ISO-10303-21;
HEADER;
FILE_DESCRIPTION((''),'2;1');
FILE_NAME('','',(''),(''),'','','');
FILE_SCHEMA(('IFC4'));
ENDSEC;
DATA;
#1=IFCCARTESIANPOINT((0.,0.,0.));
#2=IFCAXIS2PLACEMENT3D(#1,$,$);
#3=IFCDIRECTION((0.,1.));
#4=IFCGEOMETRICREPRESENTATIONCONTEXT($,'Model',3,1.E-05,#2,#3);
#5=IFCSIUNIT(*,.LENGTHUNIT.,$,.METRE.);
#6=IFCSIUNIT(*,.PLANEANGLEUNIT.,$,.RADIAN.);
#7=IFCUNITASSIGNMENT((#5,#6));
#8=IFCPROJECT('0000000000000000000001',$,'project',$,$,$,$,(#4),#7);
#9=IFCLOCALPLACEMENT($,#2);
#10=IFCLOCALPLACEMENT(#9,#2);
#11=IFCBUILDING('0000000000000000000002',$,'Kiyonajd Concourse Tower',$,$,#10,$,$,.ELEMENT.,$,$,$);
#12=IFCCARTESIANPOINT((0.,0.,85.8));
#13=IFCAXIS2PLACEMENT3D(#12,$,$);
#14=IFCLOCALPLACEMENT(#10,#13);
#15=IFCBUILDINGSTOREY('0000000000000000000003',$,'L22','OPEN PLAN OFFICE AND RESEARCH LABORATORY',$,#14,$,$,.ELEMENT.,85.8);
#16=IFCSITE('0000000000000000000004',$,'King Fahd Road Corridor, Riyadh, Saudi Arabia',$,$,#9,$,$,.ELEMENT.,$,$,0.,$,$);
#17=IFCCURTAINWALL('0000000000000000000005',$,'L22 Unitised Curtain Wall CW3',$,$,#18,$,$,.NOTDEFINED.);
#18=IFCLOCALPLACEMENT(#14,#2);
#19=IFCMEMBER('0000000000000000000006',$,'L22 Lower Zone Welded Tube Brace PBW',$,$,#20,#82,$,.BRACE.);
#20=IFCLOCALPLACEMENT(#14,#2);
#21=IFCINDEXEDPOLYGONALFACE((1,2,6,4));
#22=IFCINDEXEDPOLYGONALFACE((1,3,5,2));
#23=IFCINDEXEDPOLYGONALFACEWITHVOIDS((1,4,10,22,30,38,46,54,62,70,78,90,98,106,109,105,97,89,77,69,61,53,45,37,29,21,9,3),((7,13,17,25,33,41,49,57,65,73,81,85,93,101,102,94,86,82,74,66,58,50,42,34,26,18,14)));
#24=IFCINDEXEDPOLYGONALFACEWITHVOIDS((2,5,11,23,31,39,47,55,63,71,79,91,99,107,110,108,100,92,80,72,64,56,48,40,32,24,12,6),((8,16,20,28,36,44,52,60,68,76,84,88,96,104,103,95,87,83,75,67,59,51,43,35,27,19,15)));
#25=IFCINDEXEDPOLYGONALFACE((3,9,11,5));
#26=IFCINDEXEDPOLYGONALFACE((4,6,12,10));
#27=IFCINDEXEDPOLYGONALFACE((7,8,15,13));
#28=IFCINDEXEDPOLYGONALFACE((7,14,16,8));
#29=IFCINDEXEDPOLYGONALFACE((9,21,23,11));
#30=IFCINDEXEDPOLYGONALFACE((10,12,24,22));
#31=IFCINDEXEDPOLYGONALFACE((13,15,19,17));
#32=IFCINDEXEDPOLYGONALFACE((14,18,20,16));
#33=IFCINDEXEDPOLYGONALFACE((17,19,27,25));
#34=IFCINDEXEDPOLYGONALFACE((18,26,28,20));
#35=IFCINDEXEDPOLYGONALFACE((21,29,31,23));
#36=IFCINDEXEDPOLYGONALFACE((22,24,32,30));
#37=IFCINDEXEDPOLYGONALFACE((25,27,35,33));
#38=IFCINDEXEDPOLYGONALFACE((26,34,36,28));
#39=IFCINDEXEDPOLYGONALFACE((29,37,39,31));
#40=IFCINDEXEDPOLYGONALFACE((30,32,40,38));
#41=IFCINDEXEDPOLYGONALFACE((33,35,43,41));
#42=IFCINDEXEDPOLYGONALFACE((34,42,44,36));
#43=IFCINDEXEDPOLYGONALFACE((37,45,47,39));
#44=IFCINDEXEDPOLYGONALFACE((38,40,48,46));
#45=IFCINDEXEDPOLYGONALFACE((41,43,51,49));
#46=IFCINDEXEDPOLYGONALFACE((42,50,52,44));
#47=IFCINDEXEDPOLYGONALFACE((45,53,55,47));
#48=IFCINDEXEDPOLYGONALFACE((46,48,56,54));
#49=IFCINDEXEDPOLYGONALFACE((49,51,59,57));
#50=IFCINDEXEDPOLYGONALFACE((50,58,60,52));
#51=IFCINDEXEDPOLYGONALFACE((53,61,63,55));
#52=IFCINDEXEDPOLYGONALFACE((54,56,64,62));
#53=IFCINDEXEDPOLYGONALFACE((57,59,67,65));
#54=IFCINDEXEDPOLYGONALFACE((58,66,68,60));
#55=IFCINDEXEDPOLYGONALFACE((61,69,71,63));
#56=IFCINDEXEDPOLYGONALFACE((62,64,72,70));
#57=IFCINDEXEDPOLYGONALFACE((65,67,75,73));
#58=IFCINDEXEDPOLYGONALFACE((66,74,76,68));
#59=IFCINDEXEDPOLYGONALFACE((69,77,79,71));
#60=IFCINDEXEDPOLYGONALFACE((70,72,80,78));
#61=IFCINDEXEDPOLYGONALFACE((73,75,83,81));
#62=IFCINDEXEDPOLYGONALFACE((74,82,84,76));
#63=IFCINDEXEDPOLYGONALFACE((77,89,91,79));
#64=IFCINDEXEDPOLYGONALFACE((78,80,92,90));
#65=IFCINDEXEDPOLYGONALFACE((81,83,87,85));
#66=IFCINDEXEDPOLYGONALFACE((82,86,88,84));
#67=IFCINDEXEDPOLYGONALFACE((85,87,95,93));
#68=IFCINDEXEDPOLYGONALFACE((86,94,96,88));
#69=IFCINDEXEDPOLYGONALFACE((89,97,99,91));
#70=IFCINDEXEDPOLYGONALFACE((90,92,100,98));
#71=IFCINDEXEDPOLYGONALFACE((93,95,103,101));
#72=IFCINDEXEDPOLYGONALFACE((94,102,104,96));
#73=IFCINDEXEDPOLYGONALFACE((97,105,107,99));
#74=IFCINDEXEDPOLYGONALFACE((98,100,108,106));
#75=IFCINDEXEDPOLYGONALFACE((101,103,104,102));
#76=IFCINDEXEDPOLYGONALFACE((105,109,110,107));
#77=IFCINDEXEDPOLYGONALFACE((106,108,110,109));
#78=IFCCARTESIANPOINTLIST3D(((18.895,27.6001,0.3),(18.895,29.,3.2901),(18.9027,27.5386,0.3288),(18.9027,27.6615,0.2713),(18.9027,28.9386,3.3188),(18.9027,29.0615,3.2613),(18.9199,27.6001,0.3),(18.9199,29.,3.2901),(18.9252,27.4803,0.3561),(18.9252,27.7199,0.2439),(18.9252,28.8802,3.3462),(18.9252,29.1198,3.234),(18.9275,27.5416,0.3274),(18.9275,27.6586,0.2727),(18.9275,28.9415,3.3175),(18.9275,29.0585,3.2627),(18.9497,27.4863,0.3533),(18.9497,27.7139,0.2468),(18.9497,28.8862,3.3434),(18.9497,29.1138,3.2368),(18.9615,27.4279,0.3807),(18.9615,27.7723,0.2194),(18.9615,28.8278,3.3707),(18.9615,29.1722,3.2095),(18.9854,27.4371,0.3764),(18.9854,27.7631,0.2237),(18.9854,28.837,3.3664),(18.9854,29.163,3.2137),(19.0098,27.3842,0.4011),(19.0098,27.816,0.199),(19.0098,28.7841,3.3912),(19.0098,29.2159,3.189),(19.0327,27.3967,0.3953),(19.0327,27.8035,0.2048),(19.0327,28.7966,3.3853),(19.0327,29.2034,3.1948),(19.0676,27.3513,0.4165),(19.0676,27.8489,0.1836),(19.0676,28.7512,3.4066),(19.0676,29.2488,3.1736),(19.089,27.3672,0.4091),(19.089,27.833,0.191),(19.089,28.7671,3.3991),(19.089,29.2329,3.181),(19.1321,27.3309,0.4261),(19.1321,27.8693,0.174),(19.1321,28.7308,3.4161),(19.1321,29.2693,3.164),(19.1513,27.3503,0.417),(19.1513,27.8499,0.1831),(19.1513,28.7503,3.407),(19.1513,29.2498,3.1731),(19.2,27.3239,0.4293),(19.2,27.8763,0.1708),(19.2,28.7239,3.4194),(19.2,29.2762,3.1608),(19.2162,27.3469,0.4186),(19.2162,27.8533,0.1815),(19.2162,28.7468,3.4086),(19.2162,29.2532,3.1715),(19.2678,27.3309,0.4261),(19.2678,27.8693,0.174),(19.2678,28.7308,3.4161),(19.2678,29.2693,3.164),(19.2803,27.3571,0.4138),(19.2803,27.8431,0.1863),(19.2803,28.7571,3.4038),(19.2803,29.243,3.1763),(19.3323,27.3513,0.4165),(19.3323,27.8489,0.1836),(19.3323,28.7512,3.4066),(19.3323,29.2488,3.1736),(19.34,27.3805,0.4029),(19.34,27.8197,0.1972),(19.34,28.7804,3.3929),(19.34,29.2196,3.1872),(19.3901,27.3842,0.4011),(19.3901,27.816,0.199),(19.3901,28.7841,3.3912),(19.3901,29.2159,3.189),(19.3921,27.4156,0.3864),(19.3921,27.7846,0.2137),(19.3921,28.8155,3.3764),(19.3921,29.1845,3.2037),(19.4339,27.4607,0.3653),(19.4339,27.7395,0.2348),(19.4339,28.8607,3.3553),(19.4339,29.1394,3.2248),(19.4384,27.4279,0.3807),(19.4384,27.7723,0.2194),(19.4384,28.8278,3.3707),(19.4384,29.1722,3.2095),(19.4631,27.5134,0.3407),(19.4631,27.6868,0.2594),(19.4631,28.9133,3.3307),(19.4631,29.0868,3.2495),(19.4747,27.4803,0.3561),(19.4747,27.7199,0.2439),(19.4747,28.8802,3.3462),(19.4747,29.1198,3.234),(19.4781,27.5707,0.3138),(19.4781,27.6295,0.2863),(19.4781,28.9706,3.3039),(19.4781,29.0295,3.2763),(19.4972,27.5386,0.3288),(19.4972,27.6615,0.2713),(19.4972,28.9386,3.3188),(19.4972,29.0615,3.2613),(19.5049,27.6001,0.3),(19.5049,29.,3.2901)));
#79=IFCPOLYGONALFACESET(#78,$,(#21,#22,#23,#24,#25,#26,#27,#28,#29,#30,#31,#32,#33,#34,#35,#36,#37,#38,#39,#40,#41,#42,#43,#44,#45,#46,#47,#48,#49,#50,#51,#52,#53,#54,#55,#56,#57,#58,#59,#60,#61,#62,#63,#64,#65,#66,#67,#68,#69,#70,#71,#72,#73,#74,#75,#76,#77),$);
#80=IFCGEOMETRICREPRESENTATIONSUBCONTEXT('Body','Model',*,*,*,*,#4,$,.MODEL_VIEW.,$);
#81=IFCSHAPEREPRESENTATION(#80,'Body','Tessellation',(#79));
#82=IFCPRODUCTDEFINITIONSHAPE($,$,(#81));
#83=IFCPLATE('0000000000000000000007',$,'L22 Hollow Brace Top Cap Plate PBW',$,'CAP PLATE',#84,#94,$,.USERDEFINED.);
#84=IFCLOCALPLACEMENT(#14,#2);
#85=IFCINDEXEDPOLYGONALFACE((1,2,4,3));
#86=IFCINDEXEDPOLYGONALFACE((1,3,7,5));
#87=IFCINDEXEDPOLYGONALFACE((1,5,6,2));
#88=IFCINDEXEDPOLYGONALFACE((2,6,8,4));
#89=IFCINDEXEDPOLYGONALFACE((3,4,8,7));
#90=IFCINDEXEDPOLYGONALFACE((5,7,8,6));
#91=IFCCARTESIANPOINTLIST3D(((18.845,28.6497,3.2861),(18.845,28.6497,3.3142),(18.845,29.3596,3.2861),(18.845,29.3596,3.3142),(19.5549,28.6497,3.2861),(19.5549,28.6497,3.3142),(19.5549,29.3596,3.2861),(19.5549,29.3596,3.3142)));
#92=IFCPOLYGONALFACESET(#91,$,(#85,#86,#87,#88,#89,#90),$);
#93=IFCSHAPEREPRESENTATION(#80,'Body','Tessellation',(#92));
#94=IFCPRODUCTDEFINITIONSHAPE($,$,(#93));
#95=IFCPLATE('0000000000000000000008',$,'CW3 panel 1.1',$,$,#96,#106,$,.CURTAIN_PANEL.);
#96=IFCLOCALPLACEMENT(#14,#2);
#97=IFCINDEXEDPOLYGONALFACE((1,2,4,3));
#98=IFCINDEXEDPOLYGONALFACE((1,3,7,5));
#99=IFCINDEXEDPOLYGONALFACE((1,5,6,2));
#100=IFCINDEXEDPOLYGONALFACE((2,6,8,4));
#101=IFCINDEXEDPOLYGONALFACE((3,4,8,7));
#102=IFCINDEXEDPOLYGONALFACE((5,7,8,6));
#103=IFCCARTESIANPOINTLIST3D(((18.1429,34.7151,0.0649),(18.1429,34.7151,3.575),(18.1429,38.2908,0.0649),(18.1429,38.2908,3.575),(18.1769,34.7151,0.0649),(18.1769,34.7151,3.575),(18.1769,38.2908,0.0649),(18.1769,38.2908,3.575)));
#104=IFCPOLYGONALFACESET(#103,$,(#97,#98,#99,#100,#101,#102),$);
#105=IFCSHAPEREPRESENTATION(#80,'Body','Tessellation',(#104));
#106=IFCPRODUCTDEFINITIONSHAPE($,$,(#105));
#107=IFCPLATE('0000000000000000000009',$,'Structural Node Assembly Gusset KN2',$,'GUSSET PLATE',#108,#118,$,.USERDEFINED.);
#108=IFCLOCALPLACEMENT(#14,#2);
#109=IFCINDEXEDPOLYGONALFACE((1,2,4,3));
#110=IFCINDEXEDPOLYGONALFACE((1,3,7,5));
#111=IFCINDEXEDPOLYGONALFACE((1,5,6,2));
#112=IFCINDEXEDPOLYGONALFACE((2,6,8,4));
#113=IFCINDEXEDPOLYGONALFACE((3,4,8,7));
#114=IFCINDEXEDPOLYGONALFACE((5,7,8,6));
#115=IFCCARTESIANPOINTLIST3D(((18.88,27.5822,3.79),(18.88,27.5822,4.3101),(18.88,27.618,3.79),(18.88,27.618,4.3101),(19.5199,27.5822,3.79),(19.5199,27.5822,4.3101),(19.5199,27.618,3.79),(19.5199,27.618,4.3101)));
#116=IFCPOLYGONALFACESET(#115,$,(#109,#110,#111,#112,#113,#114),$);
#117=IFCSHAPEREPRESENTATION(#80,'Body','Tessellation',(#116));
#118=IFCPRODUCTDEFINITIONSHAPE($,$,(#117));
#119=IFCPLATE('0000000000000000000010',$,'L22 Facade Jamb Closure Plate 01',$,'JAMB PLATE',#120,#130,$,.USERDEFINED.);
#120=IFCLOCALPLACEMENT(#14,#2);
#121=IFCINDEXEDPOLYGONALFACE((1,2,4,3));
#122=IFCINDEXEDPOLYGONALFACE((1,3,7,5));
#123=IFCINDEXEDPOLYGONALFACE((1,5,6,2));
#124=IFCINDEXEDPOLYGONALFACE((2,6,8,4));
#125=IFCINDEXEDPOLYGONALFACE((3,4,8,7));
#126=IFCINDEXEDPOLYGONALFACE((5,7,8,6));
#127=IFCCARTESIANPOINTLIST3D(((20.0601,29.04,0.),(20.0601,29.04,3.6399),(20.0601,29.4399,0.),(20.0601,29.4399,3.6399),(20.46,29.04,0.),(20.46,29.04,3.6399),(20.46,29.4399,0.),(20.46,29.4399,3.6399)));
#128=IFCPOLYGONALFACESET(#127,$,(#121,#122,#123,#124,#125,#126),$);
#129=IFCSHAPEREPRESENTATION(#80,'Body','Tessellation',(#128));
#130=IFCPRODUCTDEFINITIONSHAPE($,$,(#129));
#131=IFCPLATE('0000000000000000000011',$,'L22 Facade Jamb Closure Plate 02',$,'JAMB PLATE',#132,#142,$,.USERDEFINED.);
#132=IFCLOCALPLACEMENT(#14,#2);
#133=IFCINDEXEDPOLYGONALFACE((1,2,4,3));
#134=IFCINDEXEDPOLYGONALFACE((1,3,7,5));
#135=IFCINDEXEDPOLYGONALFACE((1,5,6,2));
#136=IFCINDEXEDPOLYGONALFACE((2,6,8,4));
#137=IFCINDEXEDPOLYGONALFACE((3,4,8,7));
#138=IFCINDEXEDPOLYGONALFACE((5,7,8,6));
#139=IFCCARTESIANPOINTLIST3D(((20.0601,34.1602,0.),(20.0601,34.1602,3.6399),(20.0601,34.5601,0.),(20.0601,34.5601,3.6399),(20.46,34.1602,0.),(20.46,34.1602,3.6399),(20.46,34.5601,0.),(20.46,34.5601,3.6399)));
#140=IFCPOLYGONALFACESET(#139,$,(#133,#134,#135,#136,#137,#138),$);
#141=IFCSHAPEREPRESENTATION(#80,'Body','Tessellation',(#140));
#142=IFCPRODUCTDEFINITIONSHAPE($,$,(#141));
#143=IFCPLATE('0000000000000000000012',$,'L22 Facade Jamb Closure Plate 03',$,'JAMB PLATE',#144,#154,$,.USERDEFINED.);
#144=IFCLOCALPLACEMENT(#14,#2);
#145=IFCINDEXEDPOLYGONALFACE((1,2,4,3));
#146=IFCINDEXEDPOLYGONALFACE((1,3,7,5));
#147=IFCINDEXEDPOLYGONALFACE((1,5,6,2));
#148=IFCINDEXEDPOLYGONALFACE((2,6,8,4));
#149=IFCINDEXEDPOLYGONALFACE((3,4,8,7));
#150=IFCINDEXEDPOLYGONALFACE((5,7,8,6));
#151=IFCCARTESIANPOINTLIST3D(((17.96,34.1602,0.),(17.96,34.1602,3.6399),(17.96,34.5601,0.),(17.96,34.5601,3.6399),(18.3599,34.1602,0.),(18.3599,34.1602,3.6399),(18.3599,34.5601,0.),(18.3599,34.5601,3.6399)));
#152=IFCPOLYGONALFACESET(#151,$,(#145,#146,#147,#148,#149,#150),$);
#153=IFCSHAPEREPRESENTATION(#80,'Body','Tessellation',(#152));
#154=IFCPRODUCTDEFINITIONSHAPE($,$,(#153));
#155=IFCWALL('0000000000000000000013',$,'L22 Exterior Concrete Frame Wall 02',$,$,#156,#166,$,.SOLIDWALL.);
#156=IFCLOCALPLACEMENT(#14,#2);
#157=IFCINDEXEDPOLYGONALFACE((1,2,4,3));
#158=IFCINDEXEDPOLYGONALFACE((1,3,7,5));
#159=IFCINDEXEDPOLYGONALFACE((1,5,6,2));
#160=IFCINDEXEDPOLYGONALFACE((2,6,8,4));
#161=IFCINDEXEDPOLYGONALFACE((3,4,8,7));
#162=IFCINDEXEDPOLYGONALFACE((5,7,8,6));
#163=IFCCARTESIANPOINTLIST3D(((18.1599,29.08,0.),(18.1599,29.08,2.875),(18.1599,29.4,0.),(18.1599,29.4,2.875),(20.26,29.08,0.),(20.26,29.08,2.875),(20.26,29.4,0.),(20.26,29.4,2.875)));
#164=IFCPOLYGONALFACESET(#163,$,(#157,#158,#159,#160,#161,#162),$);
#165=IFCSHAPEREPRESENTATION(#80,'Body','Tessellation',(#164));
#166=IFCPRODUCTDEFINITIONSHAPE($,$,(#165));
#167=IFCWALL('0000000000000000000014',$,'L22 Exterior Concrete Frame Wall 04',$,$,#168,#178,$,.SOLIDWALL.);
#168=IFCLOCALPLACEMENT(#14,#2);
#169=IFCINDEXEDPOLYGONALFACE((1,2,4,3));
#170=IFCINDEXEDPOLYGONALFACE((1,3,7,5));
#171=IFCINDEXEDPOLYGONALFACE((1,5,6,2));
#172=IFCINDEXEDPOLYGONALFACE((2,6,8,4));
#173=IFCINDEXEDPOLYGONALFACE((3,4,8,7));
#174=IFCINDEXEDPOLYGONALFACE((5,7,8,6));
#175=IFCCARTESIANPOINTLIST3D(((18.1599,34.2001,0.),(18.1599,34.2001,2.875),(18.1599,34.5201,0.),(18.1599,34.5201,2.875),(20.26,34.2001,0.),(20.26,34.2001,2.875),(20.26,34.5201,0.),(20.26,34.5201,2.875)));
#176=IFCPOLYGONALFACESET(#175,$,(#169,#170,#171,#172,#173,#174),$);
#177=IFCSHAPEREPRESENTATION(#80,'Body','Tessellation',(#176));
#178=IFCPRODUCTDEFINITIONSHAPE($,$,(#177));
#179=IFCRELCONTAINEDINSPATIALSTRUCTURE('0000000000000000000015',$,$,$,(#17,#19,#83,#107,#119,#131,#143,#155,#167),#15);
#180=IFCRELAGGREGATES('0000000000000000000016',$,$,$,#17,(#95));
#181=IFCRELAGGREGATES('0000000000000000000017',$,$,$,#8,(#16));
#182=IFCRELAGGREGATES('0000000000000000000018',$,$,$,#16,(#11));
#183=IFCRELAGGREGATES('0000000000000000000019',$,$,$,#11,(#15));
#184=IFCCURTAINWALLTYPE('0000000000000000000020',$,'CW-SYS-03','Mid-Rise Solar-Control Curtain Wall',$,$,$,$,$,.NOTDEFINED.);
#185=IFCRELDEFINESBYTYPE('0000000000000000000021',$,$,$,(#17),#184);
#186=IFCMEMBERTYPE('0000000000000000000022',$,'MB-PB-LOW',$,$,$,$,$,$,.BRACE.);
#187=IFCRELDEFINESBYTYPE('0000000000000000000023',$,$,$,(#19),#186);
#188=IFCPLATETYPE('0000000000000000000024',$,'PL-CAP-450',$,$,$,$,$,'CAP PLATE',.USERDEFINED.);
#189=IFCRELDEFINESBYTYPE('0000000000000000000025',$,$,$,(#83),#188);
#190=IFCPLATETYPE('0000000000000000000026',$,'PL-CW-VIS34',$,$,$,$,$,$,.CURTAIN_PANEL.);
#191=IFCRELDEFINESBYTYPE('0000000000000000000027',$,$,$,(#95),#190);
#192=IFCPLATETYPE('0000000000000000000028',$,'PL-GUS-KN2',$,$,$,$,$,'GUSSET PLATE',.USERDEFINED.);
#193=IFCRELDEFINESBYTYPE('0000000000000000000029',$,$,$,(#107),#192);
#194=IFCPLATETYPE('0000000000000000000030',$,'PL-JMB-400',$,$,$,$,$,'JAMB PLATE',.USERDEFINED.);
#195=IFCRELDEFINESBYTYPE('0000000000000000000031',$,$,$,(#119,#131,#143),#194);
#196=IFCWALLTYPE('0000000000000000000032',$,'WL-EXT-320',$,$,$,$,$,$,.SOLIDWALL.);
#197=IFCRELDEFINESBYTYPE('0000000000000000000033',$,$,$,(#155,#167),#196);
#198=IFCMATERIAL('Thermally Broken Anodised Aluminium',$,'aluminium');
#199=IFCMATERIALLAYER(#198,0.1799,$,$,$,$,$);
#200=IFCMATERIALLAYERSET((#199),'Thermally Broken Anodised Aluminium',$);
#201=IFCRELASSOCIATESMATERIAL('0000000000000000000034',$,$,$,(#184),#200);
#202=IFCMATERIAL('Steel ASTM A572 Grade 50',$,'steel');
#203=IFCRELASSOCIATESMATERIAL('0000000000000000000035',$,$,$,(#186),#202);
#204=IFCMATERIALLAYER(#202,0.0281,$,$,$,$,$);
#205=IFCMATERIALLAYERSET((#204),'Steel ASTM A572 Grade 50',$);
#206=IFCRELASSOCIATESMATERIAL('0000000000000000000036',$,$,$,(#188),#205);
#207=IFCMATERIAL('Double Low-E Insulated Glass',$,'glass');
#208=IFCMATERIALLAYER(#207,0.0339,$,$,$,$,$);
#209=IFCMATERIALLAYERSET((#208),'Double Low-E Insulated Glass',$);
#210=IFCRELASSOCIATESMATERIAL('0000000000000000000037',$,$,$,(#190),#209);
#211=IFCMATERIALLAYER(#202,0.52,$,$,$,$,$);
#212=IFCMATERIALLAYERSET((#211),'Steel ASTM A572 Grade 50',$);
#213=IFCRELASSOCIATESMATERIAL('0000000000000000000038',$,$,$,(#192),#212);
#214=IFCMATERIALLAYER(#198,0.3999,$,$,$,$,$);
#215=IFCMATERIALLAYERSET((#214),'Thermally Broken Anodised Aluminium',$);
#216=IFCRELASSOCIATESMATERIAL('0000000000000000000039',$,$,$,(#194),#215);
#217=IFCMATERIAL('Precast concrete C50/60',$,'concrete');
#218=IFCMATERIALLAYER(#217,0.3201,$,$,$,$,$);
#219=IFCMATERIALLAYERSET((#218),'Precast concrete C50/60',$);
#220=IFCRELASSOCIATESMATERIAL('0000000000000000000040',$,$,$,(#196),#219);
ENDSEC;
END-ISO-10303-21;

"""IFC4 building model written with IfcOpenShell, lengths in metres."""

from ifc_helpers import new_model, si_unit, direction, frame, frame_2d, origin, origin_2d, place, context, subcontext, project, spatial, rectangle, hollow_circle, extrude, material, layer, layer_set, material_profile, profile_set, type_object, element, aggregate, save


model = new_model("IFC4")

# Units and contexts
model_context = context("Model", 3, precision=1e-05, world=origin(), true_north=direction((0.0, 1.0)))
body_context = subcontext(model_context, "Body", "Model", "MODEL_VIEW")
ifc_project = project(units=[si_unit("LENGTHUNIT", "METRE"), si_unit("PLANEANGLEUNIT", "RADIAN")], contexts=[model_context])

# Site, building, storey
site_placement = place(None, origin())
site = spatial("IfcSite", under=ifc_project, at=site_placement, Name="King Fahd Road Corridor, Riyadh, Saudi Arabia", CompositionType="ELEMENT", RefElevation=0.0)
building_placement = place(site_placement, origin())
building = spatial("IfcBuilding", under=site, at=building_placement, Name="Kiyonajd Concourse Tower", CompositionType="ELEMENT")
storey_placement = place(building_placement, frame((0.0, 0.0, 85.8)))
storey = spatial("IfcBuildingStorey", under=building, at=storey_placement, Name="L22", Description="OPEN PLAN OFFICE AND RESEARCH LABORATORY", CompositionType="ELEMENT", Elevation=85.8)

# Shared definitions
ifc_material_1 = material(Name="Precast concrete C50/60", Category="concrete")

# Curtain wall
ifc_material_2 = material(Name="Thermally Broken Anodised Aluminium", Category="aluminium")
ifc_layer_1 = layer(ifc_material_2, 0.1799)
ifc_layer_set_1 = layer_set([ifc_layer_1], Name="Thermally Broken Anodised Aluminium")
curtain_wall_type = type_object("IfcCurtainWallType", Name="CW-SYS-03", Description="Mid-Rise Solar-Control Curtain Wall", PredefinedType="NOTDEFINED", material=ifc_layer_set_1)
curtain_wall_placement = place(storey_placement, origin())
curtain_wall = element("IfcCurtainWall", 1, at=curtain_wall_placement, inside=storey, type_object=curtain_wall_type, Name="L22 Unitised Curtain Wall CW3", PredefinedType="NOTDEFINED")

# Member
ifc_material_3 = material(Name="Steel ASTM A572 Grade 50", Category="steel")
ifc_material_profile_1 = material_profile(ifc_material_3, hollow_circle(Radius=0.3049, WallThickness=0.0249, at=origin_2d()), Name="CHS-610x25")
ifc_profile_set_1 = profile_set([ifc_material_profile_1], Name="Steel ASTM A572 Grade 50")
member_type_1 = type_object("IfcMemberType", Name="MB-PB-LOW", PredefinedType="BRACE", material=ifc_profile_set_1)
member_1_placement = place(storey_placement, frame((19.2, 27.6001, 0.3), z_axis=(0.0, 0.424023, 0.905652), x_axis=(-1.0, 0.0, 0.0)))
element("IfcMember", 2, at=member_1_placement, inside=storey, type_object=member_type_1, Name="L22 Lower Zone Welded Tube Brace PBW", PredefinedType="BRACE", context=body_context, shape_type="SweptSolid", body=[
    extrude(hollow_circle(Radius=0.3049, WallThickness=0.0249, at=origin_2d()), origin(), (0.0, 0.0, 1.0), 3.3015),
])

# Plates
ifc_layer_2 = layer(ifc_material_3, 0.0281)
ifc_layer_set_2 = layer_set([ifc_layer_2], Name="Steel ASTM A572 Grade 50")
plate_type_1 = type_object("IfcPlateType", Name="PL-CAP-450", ElementType="CAP PLATE", PredefinedType="USERDEFINED", material=ifc_layer_set_2)
plate_1_placement = place(storey_placement, frame((19.2, 29.0046, 3.2861), z_axis=(0.0, 0.0, 1.0), x_axis=(1.0, 0.0, 0.0)))
element("IfcPlate", 3, at=plate_1_placement, inside=storey, type_object=plate_type_1, Name="L22 Hollow Brace Top Cap Plate PBW", ObjectType="CAP PLATE", PredefinedType="USERDEFINED", context=body_context, shape_type="SweptSolid", body=[
    extrude(rectangle(XDim=0.71, YDim=0.71, at=origin_2d()), origin(), (0.0, 0.0, 1.0), 0.0281),
])
ifc_material_4 = material(Name="Double Low-E Insulated Glass", Category="glass")
ifc_layer_3 = layer(ifc_material_4, 0.0339)
ifc_layer_set_3 = layer_set([ifc_layer_3], Name="Double Low-E Insulated Glass")
plate_type_2 = type_object("IfcPlateType", Name="PL-CW-VIS34", PredefinedType="CURTAIN_PANEL", material=ifc_layer_set_3)
plate_2_placement = place(storey_placement, frame((18.1599, 36.5029, 0.0649), z_axis=(0.0, 0.0, 1.0), x_axis=(0.0, 1.0, 0.0)))
plate_2 = element("IfcPlate", 4, at=plate_2_placement, type_object=plate_type_2, Name="CW3 panel 1.1", PredefinedType="CURTAIN_PANEL", context=body_context, shape_type="SweptSolid", body=[
    extrude(rectangle(XDim=3.5757, YDim=0.0339, at=origin_2d()), origin(), (0.0, 0.0, 1.0), 3.51),
])
aggregate(curtain_wall, [plate_2])

# Plates
ifc_layer_4 = layer(ifc_material_3, 0.52)
ifc_layer_set_4 = layer_set([ifc_layer_4], Name="Steel ASTM A572 Grade 50")
plate_type_3 = type_object("IfcPlateType", Name="PL-GUS-KN2", ElementType="GUSSET PLATE", PredefinedType="USERDEFINED", material=ifc_layer_set_4)
plate_3_placement = place(storey_placement, frame((19.2, 27.6001, 3.79), z_axis=(0.0, 0.0, 1.0), x_axis=(1.0, 0.0, 0.0)))
element("IfcPlate", 5, at=plate_3_placement, inside=storey, type_object=plate_type_3, Name="Structural Node Assembly Gusset KN2", ObjectType="GUSSET PLATE", PredefinedType="USERDEFINED", context=body_context, shape_type="SweptSolid", body=[
    extrude(rectangle(XDim=0.6399, YDim=0.0359, at=origin_2d()), origin(), (0.0, 0.0, 1.0), 0.52),
])
ifc_layer_5 = layer(ifc_material_2, 0.3999)
ifc_layer_set_5 = layer_set([ifc_layer_5], Name="Thermally Broken Anodised Aluminium")
plate_type_4 = type_object("IfcPlateType", Name="PL-JMB-400", ElementType="JAMB PLATE", PredefinedType="USERDEFINED", material=ifc_layer_set_5)
for number, where, z_axis, x_axis, name in (
    (6, (20.26, 29.24, 0.0), (0.0, 0.0, 1.0), (1.0, 0.0, 0.0), "L22 Facade Jamb Closure Plate 01"),
    (7, (20.26, 34.3601, 0.0), (0.0, 0.0, 1.0), (1.0, 0.0, 0.0), "L22 Facade Jamb Closure Plate 02"),
    (8, (18.1599, 34.3601, 0.0), (0.0, 0.0, 1.0), (1.0, 0.0, 0.0), "L22 Facade Jamb Closure Plate 03"),
):
    element("IfcPlate", number, at=place(storey_placement, frame(where, z_axis=z_axis, x_axis=x_axis)), inside=storey, type_object=plate_type_4, Name=name, ObjectType="JAMB PLATE", PredefinedType="USERDEFINED", context=body_context, shape_type="SweptSolid", body=[
        extrude(rectangle(XDim=0.3999, YDim=0.3999, at=origin_2d()), origin(), (0.0, 0.0, 1.0), 3.6399),
    ])

# Walls
ifc_layer_6 = layer(ifc_material_1, 0.3201)
ifc_layer_set_6 = layer_set([ifc_layer_6], Name="Precast concrete C50/60")
wall_type_1 = type_object("IfcWallType", Name="WL-EXT-320", PredefinedType="SOLIDWALL", material=ifc_layer_set_6)
for number, where, z_axis, x_axis, name in (
    (9, (18.1599, 29.24, 0.0), (0.0, 0.0, 1.0), (1.0, 0.0, 0.0), "L22 Exterior Concrete Frame Wall 02"),
    (10, (20.26, 34.3601, 0.0), (0.0, 0.0, 1.0), (-1.0, 0.0, 0.0), "L22 Exterior Concrete Frame Wall 04"),
):
    element("IfcWall", number, at=place(storey_placement, frame(where, z_axis=z_axis, x_axis=x_axis)), inside=storey, type_object=wall_type_1, Name=name, PredefinedType="SOLIDWALL", context=body_context, shape_type="SweptSolid", body=[
        extrude(rectangle(XDim=2.1001, YDim=0.3201, at=frame_2d((1.05, 0.0))), origin(), (0.0, 0.0, 1.0), 2.875),
    ])

save(model, "model.ifc")
